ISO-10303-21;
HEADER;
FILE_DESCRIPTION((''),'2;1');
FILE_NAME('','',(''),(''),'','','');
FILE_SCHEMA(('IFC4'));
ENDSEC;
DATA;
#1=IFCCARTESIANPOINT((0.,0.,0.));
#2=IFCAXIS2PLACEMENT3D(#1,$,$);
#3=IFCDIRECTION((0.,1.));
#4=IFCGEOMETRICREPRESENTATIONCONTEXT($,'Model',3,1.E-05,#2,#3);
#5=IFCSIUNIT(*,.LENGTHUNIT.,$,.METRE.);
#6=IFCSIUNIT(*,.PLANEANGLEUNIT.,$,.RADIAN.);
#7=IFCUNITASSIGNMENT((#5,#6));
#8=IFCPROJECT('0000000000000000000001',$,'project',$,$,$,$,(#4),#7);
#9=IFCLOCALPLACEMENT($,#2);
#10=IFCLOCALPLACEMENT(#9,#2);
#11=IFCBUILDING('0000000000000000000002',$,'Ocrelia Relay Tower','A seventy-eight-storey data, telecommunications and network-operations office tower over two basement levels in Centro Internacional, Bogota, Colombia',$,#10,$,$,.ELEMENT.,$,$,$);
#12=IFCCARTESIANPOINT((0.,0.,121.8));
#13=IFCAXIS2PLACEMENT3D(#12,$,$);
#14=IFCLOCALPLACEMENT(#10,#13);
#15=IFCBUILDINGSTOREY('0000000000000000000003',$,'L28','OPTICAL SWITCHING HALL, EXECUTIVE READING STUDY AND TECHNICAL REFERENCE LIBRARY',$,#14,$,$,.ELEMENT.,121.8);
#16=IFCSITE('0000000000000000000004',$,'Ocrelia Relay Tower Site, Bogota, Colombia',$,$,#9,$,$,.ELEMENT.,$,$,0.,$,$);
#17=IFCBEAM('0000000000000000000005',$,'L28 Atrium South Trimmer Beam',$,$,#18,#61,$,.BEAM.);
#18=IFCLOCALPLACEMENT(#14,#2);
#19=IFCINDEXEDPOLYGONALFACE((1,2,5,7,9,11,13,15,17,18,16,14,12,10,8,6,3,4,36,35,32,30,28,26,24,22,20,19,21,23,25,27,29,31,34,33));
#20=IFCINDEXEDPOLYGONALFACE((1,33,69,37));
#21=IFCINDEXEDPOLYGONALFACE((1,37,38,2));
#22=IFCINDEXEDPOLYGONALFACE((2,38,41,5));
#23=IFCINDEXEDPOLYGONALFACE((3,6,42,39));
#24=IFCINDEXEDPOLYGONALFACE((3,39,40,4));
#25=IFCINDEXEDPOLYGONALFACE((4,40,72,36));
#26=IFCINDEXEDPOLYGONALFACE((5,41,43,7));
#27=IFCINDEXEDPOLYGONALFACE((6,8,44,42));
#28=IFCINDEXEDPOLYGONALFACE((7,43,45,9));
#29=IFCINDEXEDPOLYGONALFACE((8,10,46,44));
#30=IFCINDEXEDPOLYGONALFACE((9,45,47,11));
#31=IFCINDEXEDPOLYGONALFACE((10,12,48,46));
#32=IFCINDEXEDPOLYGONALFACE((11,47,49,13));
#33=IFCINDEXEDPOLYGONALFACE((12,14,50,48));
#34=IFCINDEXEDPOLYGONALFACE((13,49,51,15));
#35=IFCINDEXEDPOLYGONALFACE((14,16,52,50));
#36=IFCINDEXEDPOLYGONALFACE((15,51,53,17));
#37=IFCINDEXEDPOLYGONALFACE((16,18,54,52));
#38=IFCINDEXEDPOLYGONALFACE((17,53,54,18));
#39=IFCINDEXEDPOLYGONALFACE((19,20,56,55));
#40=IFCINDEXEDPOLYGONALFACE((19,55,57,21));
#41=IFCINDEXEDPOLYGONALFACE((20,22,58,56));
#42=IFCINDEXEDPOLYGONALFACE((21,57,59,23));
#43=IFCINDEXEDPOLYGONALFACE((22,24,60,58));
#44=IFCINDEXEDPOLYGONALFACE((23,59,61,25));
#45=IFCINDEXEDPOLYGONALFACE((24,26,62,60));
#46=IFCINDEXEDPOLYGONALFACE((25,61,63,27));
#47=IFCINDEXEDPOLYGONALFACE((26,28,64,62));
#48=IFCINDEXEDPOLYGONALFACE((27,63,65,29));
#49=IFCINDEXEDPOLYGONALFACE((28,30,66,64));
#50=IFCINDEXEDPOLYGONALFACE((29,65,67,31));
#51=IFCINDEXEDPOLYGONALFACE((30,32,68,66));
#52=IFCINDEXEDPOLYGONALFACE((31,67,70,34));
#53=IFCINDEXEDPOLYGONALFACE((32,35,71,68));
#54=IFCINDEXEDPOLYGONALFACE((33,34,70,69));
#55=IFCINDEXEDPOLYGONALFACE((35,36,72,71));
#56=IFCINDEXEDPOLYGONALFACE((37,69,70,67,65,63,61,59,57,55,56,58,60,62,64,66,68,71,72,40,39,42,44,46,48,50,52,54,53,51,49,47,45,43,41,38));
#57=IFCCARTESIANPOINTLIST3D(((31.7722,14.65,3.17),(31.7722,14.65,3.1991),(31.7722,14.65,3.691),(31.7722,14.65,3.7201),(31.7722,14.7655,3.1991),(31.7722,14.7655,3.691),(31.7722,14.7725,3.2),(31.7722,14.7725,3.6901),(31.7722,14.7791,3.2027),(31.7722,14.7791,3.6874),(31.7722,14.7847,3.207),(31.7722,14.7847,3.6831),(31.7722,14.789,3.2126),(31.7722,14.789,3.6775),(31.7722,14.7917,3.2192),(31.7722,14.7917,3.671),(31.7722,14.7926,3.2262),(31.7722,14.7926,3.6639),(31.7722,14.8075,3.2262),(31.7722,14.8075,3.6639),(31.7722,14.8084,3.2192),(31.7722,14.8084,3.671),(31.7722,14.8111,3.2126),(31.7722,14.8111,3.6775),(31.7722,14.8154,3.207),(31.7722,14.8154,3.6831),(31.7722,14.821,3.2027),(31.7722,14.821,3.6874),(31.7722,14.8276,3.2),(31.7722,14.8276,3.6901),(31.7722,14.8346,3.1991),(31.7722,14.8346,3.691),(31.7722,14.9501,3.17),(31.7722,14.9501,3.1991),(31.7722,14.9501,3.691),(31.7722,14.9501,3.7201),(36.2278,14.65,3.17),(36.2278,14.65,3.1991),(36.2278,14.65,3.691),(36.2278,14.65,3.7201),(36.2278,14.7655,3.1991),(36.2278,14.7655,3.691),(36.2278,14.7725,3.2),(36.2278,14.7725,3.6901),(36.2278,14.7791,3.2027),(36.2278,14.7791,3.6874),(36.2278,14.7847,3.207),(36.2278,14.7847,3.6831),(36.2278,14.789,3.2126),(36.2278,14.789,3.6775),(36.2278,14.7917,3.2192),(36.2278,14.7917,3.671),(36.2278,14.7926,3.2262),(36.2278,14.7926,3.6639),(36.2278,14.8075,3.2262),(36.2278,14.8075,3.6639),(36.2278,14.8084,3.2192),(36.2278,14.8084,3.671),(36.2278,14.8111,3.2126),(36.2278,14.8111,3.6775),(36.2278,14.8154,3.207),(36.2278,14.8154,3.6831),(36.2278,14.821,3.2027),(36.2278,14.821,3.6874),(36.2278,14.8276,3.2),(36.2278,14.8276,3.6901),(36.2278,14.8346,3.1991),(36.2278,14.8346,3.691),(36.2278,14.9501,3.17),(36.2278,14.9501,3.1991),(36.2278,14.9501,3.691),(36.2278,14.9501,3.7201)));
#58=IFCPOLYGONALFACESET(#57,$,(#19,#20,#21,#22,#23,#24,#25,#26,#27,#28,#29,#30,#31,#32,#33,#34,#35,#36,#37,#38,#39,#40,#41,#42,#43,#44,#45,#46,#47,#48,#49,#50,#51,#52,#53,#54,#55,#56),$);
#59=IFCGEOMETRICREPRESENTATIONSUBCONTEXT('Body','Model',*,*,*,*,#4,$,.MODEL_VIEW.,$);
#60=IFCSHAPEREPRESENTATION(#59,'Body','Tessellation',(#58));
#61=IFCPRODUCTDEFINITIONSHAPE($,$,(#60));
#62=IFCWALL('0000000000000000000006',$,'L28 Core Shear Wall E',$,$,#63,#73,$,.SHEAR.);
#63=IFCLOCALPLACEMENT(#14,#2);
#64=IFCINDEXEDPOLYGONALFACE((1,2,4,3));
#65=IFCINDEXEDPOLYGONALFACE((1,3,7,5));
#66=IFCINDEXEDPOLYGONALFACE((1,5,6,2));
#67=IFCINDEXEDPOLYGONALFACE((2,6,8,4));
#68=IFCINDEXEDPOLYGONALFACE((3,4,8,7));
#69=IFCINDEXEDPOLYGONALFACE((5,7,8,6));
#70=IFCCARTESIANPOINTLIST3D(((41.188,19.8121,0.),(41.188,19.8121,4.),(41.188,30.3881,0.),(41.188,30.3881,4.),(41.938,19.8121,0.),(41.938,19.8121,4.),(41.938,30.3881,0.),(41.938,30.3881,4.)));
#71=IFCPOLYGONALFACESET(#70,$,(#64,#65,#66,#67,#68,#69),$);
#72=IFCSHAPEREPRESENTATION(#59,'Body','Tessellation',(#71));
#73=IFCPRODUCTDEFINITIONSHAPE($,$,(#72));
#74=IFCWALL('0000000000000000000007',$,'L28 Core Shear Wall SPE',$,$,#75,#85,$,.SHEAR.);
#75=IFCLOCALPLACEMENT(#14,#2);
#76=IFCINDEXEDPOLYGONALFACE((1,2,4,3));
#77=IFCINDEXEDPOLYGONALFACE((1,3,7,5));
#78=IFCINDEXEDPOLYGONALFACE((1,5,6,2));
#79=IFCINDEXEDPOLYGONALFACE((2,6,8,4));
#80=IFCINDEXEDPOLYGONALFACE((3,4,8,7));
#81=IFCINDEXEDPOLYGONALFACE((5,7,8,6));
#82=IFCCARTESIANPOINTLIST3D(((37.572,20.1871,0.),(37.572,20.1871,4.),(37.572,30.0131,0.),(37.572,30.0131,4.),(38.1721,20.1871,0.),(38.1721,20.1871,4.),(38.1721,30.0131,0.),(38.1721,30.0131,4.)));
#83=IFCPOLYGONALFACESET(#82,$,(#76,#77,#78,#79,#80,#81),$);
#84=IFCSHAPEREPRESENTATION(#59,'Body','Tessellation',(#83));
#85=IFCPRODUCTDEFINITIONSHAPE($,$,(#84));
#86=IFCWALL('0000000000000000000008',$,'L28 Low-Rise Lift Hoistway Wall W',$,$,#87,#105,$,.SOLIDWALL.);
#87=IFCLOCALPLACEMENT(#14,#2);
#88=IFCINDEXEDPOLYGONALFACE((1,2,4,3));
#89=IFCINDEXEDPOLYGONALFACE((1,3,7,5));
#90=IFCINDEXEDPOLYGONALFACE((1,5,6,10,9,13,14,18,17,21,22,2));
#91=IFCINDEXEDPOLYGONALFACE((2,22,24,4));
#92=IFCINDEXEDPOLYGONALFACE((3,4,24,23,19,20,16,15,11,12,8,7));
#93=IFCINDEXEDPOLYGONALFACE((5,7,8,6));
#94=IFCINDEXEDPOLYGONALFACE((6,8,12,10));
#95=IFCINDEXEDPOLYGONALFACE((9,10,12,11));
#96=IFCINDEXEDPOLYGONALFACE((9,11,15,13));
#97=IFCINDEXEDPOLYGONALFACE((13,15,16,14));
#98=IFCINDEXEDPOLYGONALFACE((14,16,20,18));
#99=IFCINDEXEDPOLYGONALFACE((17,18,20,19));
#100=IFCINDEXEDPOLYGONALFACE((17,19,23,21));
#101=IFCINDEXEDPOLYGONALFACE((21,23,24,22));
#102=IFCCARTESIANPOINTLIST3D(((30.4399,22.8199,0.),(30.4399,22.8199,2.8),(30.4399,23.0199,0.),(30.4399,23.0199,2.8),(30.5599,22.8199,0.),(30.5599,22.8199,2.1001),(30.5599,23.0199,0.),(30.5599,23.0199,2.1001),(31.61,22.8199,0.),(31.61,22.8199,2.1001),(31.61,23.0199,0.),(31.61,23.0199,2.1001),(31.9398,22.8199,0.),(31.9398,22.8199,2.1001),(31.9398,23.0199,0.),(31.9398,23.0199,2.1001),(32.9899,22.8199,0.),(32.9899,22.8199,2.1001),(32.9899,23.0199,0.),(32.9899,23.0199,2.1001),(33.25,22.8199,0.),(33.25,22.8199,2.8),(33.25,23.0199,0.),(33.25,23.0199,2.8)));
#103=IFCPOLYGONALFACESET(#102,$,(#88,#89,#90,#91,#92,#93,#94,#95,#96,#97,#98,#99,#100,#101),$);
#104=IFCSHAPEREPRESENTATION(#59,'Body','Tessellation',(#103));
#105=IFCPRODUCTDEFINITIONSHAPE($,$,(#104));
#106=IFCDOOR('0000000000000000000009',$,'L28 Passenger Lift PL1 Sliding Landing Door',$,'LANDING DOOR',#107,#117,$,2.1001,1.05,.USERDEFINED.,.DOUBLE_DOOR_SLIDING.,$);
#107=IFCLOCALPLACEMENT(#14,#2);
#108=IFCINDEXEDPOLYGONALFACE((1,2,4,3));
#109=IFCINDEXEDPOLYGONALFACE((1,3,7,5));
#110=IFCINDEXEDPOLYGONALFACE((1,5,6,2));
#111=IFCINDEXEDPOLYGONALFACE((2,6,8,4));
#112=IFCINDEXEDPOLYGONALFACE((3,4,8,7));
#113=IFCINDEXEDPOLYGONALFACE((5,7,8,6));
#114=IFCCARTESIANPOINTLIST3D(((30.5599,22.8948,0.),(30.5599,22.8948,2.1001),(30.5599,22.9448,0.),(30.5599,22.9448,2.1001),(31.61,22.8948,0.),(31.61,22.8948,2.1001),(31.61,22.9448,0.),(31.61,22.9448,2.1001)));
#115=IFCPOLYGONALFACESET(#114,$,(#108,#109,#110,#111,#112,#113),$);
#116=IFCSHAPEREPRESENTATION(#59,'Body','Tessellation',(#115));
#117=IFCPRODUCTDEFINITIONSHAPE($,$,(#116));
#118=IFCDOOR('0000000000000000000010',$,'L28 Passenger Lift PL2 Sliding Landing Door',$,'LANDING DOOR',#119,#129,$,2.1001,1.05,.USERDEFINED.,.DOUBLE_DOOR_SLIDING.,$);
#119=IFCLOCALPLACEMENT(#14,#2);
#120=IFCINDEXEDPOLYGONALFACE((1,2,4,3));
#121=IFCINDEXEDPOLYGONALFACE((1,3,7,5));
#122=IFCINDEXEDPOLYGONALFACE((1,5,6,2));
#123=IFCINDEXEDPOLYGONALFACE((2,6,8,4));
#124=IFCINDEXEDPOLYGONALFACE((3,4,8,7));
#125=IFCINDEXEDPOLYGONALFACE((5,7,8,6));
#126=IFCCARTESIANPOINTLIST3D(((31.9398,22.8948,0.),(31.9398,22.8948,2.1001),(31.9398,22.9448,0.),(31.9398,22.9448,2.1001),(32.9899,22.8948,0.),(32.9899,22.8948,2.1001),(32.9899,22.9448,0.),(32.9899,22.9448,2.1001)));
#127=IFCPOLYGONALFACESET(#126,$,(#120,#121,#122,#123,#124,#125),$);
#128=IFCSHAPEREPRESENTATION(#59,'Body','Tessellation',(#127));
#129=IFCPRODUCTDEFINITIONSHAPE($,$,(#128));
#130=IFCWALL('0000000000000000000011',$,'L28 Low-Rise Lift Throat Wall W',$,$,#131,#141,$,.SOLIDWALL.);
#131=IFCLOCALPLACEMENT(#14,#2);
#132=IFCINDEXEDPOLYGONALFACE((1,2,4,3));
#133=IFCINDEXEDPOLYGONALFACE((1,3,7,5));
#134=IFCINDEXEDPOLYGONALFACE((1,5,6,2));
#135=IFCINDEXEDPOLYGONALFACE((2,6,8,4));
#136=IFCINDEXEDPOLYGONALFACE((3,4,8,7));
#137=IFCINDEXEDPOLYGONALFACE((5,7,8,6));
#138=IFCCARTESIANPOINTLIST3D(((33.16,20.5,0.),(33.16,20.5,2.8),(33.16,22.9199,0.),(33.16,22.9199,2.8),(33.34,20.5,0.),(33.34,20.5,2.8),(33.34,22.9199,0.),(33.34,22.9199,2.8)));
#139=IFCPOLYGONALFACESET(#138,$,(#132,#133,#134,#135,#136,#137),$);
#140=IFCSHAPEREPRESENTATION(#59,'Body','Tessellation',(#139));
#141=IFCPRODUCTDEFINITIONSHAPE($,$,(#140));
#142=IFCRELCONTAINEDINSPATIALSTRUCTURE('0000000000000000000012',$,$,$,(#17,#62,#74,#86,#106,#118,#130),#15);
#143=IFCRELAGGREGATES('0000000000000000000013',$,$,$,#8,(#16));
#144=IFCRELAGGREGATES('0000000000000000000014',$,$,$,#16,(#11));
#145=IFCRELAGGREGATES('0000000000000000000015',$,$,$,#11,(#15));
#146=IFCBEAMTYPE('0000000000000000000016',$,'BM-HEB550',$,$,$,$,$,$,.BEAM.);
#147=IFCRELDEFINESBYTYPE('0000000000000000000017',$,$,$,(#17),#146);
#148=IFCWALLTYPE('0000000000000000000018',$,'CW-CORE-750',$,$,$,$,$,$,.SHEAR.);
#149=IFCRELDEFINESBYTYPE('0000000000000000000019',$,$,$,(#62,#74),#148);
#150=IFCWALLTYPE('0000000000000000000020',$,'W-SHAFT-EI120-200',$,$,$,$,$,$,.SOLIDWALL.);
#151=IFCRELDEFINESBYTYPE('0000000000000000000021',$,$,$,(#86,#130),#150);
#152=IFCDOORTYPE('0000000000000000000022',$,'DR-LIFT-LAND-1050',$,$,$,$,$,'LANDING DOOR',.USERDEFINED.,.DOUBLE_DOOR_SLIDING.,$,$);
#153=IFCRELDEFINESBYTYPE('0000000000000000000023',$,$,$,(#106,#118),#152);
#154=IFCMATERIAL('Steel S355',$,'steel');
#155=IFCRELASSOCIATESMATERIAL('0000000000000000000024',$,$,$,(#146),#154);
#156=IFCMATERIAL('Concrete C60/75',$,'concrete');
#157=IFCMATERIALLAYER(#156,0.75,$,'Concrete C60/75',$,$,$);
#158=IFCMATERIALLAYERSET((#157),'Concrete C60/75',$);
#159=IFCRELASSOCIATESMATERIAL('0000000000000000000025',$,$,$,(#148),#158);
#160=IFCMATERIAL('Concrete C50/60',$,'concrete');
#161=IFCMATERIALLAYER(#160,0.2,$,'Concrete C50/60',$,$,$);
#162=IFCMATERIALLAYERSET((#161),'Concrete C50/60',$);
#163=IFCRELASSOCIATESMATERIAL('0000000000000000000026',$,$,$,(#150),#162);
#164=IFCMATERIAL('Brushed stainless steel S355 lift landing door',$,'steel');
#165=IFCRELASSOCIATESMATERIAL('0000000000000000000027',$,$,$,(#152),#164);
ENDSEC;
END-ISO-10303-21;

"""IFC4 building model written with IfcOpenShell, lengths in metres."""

from ifc_helpers import new_model, si_unit, direction, frame, frame_2d, origin, origin_2d, place, context, subcontext, project, spatial, rectangle, i_section, extrude, material, layer, layer_set, material_profile, profile_set, type_object, element, fill, save


model = new_model("IFC4")

# Units and contexts
model_context = context("Model", 3, precision=1e-05, world=origin(), true_north=direction((0.0, 1.0)))
body_context = subcontext(model_context, "Body", "Model", "MODEL_VIEW")
ifc_project = project(units=[si_unit("LENGTHUNIT", "METRE"), si_unit("PLANEANGLEUNIT", "RADIAN")], contexts=[model_context])

# Site, building, storey
site_placement = place(None, origin())
site = spatial("IfcSite", under=ifc_project, at=site_placement, Name="Ocrelia Relay Tower Site, Bogota, Colombia", CompositionType="ELEMENT", RefElevation=0.0)
building_placement = place(site_placement, origin())
building = spatial("IfcBuilding", under=site, at=building_placement, Name="Ocrelia Relay Tower", Description="A seventy-eight-storey data, telecommunications and network-operations office tower over two basement levels in Centro Internacional, Bogota, Colombia", CompositionType="ELEMENT")
storey_placement = place(building_placement, frame((0.0, 0.0, 121.8)))
storey = spatial("IfcBuildingStorey", under=building, at=storey_placement, Name="L28", Description="OPTICAL SWITCHING HALL, EXECUTIVE READING STUDY AND TECHNICAL REFERENCE LIBRARY", CompositionType="ELEMENT", Elevation=121.8)

# Beam
ifc_material_1 = material(Name="Steel S355", Category="steel")
ifc_material_profile = material_profile(ifc_material_1, i_section(OverallWidth=0.3, OverallDepth=0.55, WebThickness=0.0149, FlangeThickness=0.0291, FilletRadius=0.0271, at=origin_2d()), Name="HEB 550")
ifc_profile_set = profile_set([ifc_material_profile], Name="Steel S355")
beam_type = type_object("IfcBeamType", Name="BM-HEB550", PredefinedType="BEAM", material=ifc_profile_set)
beam_placement = place(storey_placement, frame((31.7722, 14.8, 3.4451), z_axis=(1.0, 0.0, 0.0), x_axis=(0.0, 1.0, 0.0)))
element("IfcBeam", 1, at=beam_placement, inside=storey, type_object=beam_type, Name="L28 Atrium South Trimmer Beam", PredefinedType="BEAM", context=body_context, shape_type="SweptSolid", body=[
    extrude(i_section(OverallWidth=0.3, OverallDepth=0.55, WebThickness=0.0149, FlangeThickness=0.0291, FilletRadius=0.0271, at=origin_2d()), origin(), (0.0, 0.0, 1.0), 4.4556),
])

# Walls
ifc_material_2 = material(Name="Concrete C60/75", Category="concrete")
ifc_layer_1 = layer(ifc_material_2, 0.75, Name="Concrete C60/75")
ifc_layer_set_1 = layer_set([ifc_layer_1], Name="Concrete C60/75")
wall_type_1 = type_object("IfcWallType", Name="CW-CORE-750", PredefinedType="SHEAR", material=ifc_layer_set_1)
wall_1_placement = place(storey_placement, frame((41.563, 19.812, 0.0), z_axis=(0.0, 0.0, 1.0), x_axis=(0.0, 1.0, 0.0)))
element("IfcWall", 2, at=wall_1_placement, inside=storey, type_object=wall_type_1, Name="L28 Core Shear Wall E", PredefinedType="SHEAR", context=body_context, shape_type="SweptSolid", body=[
    extrude(rectangle(XDim=10.5759, YDim=0.75, at=frame_2d((5.2881, 0.0))), origin(), (0.0, 0.0, 1.0), 4.0),
])
wall_2_placement = place(storey_placement, frame((37.8721, 20.187, 0.0), z_axis=(0.0, 0.0, 1.0), x_axis=(0.0, 1.0, 0.0)))
element("IfcWall", 3, at=wall_2_placement, inside=storey, type_object=wall_type_1, Name="L28 Core Shear Wall SPE", PredefinedType="SHEAR", context=body_context, shape_type="SweptSolid", body=[
    extrude(rectangle(XDim=9.8259, YDim=0.6001, at=frame_2d((4.9131, 0.0))), origin(), (0.0, 0.0, 1.0), 4.0),
])

# Wall, openings, doors
ifc_material_3 = material(Name="Concrete C50/60", Category="concrete")
ifc_layer_2 = layer(ifc_material_3, 0.2, Name="Concrete C50/60")
ifc_layer_set_2 = layer_set([ifc_layer_2], Name="Concrete C50/60")
wall_type_2 = type_object("IfcWallType", Name="W-SHAFT-EI120-200", PredefinedType="SOLIDWALL", material=ifc_layer_set_2)
wall_3_placement = place(storey_placement, frame((30.4399, 22.9199, 0.0), z_axis=(0.0, 0.0, 1.0), x_axis=(1.0, 0.0, 0.0)))
wall_3 = element("IfcWall", 4, at=wall_3_placement, inside=storey, type_object=wall_type_2, Name="L28 Low-Rise Lift Hoistway Wall W", PredefinedType="SOLIDWALL", context=body_context, shape_type="SweptSolid", body=[
    extrude(rectangle(XDim=2.8101, YDim=0.2, at=frame_2d((1.405, 0.0))), origin(), (0.0, 0.0, 1.0), 2.8),
])
opening_1_placement = place(wall_3_placement, frame((0.1201, 0.0, 0.0)))
opening_1 = element("IfcOpeningElement", 5, at=opening_1_placement, cuts=wall_3, PredefinedType="OPENING", context=body_context, shape_type="SweptSolid", body=[
    extrude(rectangle(XDim=1.05, YDim=2.1001, at=frame_2d((0.5249, 1.05))), frame((0.0, 0.1099, 0.0), z_axis=(0.0, -1.0, 0.0), x_axis=(1.0, 0.0, 0.0)), (0.0, 0.0, 1.0), 0.22),
])
opening_2_placement = place(wall_3_placement, frame((1.5, 0.0, 0.0)))
opening_2 = element("IfcOpeningElement", 6, at=opening_2_placement, cuts=wall_3, PredefinedType="OPENING", context=body_context, shape_type="SweptSolid", body=[
    extrude(rectangle(XDim=1.05, YDim=2.1001, at=frame_2d((0.5249, 1.05))), frame((0.0, 0.1099, 0.0), z_axis=(0.0, -1.0, 0.0), x_axis=(1.0, 0.0, 0.0)), (0.0, 0.0, 1.0), 0.22),
])
ifc_material_4 = material(Name="Brushed stainless steel S355 lift landing door", Category="steel")
door_type = type_object("IfcDoorType", Name="DR-LIFT-LAND-1050", ElementType="LANDING DOOR", OperationType="DOUBLE_DOOR_SLIDING", PredefinedType="USERDEFINED", material=ifc_material_4)
door_1_placement = place(opening_1_placement, origin())
door_1 = element("IfcDoor", 7, at=door_1_placement, inside=storey, type_object=door_type, Name="L28 Passenger Lift PL1 Sliding Landing Door", ObjectType="LANDING DOOR", OperationType="DOUBLE_DOOR_SLIDING", OverallHeight=2.1001, OverallWidth=1.05, PredefinedType="USERDEFINED", context=body_context, shape_type="SweptSolid", body=[
    extrude(rectangle(XDim=1.05, YDim=2.1001, at=frame_2d((0.5249, 1.05))), frame((0.0, 0.0249, 0.0), z_axis=(0.0, -1.0, 0.0), x_axis=(1.0, 0.0, 0.0)), (0.0, 0.0, 1.0), 0.05),
])
fill(opening_1, door_1)
door_2_placement = place(opening_2_placement, origin())
door_2 = element("IfcDoor", 8, at=door_2_placement, inside=storey, type_object=door_type, Name="L28 Passenger Lift PL2 Sliding Landing Door", ObjectType="LANDING DOOR", OperationType="DOUBLE_DOOR_SLIDING", OverallHeight=2.1001, OverallWidth=1.05, PredefinedType="USERDEFINED", context=body_context, shape_type="SweptSolid", body=[
    extrude(rectangle(XDim=1.05, YDim=2.1001, at=frame_2d((0.5249, 1.05))), frame((0.0, 0.0249, 0.0), z_axis=(0.0, -1.0, 0.0), x_axis=(1.0, 0.0, 0.0)), (0.0, 0.0, 1.0), 0.05),
])
fill(opening_2, door_2)

# Wall
wall_4_placement = place(storey_placement, frame((33.25, 20.5, 0.0), z_axis=(0.0, 0.0, 1.0), x_axis=(0.0, 1.0, 0.0)))
element("IfcWall", 9, at=wall_4_placement, inside=storey, type_object=wall_type_2, Name="L28 Low-Rise Lift Throat Wall W", PredefinedType="SOLIDWALL", context=body_context, shape_type="SweptSolid", body=[
    extrude(rectangle(XDim=2.4199, YDim=0.1799, at=frame_2d((1.21, 0.0))), origin(), (0.0, 0.0, 1.0), 2.8),
])

save(model, "model.ifc")
